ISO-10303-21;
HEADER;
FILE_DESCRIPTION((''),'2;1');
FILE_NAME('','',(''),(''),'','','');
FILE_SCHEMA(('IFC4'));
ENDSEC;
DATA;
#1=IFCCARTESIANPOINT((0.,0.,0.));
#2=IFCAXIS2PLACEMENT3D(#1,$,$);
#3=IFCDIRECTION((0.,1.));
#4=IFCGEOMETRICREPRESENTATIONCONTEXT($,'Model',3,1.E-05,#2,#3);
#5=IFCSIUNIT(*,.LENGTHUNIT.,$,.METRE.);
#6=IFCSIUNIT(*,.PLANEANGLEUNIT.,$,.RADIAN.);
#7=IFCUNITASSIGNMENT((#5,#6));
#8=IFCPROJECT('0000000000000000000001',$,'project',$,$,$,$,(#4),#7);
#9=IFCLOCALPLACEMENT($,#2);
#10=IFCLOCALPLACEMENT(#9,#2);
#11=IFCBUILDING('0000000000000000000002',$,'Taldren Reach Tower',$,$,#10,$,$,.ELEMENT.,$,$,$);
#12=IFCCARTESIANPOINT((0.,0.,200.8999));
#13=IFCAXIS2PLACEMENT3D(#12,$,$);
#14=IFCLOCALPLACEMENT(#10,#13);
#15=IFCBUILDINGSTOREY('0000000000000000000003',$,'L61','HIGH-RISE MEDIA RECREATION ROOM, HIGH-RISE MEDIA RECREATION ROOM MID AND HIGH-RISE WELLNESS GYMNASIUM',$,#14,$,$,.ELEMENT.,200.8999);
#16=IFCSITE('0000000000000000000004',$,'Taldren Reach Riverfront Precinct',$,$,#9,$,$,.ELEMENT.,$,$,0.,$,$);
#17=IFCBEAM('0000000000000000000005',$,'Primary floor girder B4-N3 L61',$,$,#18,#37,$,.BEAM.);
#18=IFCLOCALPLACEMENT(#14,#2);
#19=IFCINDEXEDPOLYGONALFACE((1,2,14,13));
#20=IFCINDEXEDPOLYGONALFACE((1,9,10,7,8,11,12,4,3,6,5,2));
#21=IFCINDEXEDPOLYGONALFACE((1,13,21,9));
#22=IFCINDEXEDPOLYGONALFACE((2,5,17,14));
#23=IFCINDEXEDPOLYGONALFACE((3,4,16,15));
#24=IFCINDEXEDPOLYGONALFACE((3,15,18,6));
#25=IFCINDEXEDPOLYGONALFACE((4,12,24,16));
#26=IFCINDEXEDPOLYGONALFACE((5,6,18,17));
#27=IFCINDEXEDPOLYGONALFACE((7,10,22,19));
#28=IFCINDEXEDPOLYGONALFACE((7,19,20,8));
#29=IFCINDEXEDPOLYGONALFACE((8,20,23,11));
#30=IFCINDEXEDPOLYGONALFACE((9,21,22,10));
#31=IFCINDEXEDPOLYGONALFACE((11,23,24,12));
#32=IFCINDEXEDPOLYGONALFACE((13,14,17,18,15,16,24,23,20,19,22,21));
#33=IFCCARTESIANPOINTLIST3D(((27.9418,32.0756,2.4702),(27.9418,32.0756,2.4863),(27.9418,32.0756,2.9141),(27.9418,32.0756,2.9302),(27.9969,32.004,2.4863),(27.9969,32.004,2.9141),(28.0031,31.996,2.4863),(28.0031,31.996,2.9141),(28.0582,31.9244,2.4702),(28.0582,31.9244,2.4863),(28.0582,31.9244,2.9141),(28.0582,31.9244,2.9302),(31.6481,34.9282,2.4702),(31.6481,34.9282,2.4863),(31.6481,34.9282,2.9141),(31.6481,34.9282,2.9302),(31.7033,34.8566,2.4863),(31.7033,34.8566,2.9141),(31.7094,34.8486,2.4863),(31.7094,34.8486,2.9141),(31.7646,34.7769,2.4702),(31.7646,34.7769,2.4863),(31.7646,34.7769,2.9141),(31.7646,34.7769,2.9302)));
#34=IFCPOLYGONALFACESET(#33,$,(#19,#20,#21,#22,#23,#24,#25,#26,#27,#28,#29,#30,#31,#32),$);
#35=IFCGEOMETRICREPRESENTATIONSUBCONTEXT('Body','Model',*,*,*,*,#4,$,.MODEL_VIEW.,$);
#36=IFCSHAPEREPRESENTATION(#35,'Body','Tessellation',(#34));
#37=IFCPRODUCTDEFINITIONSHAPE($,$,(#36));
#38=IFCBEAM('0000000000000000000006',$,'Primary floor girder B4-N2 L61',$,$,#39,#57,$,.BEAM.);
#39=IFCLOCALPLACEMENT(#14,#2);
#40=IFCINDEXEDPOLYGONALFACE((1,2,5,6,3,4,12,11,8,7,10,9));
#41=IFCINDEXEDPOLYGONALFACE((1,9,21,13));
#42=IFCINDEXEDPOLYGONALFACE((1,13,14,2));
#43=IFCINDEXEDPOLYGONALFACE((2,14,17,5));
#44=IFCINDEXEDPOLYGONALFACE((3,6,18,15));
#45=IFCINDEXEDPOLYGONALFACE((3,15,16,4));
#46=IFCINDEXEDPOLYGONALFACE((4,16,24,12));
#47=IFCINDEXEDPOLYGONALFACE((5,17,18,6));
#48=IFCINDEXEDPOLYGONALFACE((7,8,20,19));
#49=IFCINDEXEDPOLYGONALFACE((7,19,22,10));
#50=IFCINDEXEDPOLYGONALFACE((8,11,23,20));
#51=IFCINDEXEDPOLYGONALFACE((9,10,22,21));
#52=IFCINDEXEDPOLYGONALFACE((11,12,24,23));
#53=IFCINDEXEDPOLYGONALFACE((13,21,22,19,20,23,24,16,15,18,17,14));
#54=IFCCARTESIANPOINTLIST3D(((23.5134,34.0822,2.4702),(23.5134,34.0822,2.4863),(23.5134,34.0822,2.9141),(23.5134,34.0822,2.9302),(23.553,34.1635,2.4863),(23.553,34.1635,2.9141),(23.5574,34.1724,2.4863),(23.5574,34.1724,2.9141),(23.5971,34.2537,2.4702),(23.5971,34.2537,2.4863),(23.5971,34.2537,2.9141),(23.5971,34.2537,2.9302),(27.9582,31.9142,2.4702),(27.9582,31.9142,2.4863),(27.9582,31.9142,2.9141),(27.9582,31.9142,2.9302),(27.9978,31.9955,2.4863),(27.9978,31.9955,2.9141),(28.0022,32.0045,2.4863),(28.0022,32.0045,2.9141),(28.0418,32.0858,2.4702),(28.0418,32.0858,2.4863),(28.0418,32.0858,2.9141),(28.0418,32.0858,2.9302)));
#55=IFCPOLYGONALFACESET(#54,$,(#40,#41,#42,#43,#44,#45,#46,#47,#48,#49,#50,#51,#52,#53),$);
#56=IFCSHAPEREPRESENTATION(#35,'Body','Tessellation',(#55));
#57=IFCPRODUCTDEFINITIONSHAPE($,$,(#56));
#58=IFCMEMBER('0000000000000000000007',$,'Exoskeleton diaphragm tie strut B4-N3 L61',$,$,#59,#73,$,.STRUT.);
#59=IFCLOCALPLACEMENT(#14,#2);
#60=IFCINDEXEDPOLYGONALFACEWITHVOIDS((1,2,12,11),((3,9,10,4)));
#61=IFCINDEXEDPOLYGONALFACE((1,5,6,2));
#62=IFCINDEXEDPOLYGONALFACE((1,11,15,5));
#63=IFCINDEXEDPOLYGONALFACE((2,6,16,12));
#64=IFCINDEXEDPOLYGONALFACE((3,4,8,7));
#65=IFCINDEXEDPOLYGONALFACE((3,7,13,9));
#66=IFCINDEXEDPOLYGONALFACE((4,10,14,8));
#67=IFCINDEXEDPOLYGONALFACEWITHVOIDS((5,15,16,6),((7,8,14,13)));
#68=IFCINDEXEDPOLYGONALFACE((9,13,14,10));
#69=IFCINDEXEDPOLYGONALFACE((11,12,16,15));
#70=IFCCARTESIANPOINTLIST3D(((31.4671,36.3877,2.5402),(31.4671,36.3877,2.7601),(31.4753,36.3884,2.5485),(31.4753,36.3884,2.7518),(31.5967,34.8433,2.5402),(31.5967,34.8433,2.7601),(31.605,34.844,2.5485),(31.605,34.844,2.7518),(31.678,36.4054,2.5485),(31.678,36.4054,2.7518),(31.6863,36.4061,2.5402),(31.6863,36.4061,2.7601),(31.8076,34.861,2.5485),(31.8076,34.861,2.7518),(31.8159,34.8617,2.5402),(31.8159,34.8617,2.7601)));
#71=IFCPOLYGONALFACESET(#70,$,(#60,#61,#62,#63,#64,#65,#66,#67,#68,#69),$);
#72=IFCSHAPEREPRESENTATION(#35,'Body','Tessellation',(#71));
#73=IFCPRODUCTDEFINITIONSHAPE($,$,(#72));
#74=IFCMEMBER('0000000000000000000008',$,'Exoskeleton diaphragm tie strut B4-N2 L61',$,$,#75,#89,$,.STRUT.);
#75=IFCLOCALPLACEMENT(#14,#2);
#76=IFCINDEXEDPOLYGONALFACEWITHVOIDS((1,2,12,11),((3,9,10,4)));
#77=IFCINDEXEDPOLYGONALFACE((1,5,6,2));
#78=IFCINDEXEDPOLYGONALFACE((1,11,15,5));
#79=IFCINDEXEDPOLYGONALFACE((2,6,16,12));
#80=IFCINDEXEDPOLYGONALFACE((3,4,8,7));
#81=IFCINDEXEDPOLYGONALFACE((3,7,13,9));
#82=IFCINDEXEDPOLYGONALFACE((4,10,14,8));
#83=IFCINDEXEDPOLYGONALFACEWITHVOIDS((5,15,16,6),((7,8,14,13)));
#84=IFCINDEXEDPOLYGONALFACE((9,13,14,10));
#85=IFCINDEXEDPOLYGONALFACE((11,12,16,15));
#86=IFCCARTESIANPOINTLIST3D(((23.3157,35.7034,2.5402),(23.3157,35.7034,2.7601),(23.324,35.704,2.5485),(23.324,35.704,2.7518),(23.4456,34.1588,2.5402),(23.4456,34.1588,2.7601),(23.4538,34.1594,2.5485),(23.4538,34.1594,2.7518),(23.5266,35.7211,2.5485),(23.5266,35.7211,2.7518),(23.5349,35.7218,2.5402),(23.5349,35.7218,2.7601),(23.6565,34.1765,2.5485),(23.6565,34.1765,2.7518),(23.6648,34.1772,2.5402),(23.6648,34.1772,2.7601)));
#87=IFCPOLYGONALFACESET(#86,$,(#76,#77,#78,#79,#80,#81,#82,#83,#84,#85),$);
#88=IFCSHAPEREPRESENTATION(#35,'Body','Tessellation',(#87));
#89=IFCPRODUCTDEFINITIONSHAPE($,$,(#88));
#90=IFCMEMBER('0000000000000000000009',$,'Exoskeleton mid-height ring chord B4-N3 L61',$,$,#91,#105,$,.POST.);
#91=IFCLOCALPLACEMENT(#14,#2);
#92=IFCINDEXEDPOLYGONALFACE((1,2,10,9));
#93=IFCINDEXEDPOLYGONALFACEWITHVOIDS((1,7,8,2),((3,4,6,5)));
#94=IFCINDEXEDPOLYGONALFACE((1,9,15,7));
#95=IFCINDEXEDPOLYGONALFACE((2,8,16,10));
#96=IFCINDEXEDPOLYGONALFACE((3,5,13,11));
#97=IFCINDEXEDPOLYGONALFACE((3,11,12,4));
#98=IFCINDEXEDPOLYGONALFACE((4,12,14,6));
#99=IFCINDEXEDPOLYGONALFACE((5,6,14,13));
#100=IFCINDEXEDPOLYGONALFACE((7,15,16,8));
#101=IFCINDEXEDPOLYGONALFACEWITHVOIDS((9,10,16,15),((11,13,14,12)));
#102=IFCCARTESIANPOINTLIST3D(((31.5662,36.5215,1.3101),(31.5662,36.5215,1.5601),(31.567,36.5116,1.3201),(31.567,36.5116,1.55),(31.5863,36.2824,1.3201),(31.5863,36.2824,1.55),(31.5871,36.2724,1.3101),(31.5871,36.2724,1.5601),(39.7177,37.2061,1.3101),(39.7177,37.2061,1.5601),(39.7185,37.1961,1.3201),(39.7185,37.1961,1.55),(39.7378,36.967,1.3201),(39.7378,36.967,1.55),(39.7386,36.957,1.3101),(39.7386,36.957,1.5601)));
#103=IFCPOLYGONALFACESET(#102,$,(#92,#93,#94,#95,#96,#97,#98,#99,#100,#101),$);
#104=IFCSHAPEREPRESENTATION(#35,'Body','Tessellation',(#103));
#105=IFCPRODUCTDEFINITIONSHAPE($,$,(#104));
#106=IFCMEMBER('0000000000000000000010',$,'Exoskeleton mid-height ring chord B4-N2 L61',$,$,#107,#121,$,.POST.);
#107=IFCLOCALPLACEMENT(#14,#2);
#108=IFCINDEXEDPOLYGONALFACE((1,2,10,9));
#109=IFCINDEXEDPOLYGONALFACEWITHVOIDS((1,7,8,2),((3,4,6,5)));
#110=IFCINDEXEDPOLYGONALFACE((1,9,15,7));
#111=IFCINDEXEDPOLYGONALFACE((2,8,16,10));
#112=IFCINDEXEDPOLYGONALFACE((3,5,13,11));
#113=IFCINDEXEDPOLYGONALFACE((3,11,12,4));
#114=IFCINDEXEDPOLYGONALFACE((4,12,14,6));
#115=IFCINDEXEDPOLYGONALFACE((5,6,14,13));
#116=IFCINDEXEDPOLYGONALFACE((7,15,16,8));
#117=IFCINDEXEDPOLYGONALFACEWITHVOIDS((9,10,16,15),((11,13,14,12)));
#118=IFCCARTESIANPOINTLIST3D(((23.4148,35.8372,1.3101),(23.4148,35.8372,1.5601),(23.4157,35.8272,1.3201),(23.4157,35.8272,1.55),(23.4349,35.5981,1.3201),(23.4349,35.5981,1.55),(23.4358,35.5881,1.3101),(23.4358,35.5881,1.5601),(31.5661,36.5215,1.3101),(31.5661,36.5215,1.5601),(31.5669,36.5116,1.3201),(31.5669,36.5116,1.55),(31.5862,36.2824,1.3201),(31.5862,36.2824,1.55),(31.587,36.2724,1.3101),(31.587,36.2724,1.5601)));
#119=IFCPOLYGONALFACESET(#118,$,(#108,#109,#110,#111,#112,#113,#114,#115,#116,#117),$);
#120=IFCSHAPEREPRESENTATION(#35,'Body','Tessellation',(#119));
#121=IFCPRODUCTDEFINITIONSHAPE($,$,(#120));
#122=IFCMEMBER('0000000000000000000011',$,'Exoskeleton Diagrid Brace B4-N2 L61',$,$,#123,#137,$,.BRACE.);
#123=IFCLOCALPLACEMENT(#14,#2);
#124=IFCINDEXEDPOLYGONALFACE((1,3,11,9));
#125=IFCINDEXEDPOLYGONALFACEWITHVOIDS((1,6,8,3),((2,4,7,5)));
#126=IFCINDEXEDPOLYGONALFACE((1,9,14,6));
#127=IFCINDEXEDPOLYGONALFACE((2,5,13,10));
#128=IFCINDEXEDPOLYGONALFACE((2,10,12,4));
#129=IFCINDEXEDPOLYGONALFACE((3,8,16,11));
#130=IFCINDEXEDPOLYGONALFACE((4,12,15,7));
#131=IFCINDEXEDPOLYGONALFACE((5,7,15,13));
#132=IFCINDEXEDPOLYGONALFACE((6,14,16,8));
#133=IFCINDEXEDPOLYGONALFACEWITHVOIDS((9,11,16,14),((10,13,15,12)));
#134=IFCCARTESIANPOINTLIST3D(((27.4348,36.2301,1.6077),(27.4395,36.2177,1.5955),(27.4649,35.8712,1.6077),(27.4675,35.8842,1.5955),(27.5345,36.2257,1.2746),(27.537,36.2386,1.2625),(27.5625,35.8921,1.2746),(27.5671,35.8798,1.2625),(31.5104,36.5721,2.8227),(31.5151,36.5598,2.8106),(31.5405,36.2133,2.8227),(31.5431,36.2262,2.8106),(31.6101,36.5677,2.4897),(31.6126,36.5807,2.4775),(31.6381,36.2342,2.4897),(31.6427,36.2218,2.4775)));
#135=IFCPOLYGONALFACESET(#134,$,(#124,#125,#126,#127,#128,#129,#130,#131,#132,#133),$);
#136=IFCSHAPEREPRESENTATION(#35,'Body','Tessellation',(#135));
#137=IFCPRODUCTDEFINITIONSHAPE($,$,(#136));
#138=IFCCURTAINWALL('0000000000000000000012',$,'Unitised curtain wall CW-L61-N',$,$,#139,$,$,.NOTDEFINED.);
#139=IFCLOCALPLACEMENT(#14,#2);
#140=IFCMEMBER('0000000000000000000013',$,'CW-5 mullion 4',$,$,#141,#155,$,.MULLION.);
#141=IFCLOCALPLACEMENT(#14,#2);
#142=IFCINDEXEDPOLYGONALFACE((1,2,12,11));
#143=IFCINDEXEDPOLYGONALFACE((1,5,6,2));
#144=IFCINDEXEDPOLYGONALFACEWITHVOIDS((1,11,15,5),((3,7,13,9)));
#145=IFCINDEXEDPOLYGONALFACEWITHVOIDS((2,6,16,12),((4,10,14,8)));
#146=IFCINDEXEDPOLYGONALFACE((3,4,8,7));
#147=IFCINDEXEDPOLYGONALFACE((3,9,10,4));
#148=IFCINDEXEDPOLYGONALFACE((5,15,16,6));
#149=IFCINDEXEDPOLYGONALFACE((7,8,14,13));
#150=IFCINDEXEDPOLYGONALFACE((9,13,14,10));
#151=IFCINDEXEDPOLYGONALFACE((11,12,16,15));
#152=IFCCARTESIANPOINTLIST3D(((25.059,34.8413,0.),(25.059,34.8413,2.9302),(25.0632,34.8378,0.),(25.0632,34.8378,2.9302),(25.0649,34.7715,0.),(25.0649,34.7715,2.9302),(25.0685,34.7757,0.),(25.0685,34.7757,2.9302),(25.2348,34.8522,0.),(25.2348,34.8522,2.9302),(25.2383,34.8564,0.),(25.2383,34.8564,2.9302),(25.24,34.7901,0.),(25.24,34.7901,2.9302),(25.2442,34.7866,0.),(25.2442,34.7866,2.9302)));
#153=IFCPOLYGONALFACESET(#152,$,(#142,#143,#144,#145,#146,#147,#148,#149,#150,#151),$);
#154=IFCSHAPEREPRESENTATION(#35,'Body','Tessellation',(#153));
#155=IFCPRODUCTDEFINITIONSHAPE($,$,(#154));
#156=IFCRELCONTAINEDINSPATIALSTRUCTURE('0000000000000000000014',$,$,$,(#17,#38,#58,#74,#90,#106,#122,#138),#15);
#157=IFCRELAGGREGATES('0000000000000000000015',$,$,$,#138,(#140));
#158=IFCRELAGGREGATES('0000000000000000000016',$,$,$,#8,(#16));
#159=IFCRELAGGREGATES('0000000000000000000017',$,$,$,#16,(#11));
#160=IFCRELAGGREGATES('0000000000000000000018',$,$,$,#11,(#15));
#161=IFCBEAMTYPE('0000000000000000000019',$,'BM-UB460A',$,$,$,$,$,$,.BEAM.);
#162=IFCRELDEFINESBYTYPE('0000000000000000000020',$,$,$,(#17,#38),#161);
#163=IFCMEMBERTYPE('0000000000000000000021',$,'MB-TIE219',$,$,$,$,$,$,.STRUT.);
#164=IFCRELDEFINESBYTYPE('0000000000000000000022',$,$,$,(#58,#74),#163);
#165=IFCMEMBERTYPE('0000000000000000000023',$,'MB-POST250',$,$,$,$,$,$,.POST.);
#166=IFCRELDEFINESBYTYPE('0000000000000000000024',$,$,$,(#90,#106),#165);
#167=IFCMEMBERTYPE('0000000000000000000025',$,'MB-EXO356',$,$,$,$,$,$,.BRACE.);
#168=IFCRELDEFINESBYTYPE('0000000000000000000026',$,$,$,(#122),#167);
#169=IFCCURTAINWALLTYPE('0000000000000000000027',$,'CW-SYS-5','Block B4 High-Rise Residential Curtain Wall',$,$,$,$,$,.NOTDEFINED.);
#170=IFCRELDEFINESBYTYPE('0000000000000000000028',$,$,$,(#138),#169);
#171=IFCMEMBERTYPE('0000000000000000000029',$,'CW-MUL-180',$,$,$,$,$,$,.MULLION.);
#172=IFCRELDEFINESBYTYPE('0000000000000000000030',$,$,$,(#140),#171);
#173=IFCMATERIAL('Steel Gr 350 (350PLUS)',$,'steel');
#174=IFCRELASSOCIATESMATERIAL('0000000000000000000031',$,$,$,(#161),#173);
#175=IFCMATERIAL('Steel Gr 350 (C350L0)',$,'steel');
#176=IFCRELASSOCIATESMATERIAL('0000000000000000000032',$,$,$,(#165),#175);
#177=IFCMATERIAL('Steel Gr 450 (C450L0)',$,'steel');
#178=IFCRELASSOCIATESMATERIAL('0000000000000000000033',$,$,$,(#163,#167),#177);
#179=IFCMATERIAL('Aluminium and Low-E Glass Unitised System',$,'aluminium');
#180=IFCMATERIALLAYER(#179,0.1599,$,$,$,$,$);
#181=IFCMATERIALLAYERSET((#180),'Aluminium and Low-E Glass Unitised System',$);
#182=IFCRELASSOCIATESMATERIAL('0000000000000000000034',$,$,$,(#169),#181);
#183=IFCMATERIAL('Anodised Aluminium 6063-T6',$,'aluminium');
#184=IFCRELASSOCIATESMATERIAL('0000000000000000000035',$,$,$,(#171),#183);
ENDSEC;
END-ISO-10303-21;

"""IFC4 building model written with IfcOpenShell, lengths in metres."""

from ifc_helpers import new_model, si_unit, direction, frame, origin, origin_2d, place, context, subcontext, project, spatial, hollow_rectangle, i_section, extrude, source, transform, mapped, material, layer, layer_set, material_profile, profile_set, type_object, element, aggregate, save


model = new_model("IFC4")

# Units and contexts
model_context = context("Model", 3, precision=1e-05, world=origin(), true_north=direction((0.0, 1.0)))
body_context = subcontext(model_context, "Body", "Model", "MODEL_VIEW")
ifc_project = project(units=[si_unit("LENGTHUNIT", "METRE"), si_unit("PLANEANGLEUNIT", "RADIAN")], contexts=[model_context])

# Site, building, storey
site_placement = place(None, origin())
site = spatial("IfcSite", under=ifc_project, at=site_placement, Name="Taldren Reach Riverfront Precinct", CompositionType="ELEMENT", RefElevation=0.0)
building_placement = place(site_placement, origin())
building = spatial("IfcBuilding", under=site, at=building_placement, Name="Taldren Reach Tower", CompositionType="ELEMENT")
storey_placement = place(building_placement, frame((0.0, 0.0, 200.8999)))
storey = spatial("IfcBuildingStorey", under=building, at=storey_placement, Name="L61", Description="HIGH-RISE MEDIA RECREATION ROOM, HIGH-RISE MEDIA RECREATION ROOM MID AND HIGH-RISE WELLNESS GYMNASIUM", CompositionType="ELEMENT", Elevation=200.8999)

# Shared definitions
ifc_material_1 = material(Name="Steel Gr 350 (350PLUS)", Category="steel")

# Shared definitions
ifc_material_profile_1 = material_profile(ifc_material_1, i_section(OverallWidth=0.1909, OverallDepth=0.46, WebThickness=0.01, FlangeThickness=0.0161, at=origin_2d()), Name="460UB82.1")
ifc_profile_set_1 = profile_set([ifc_material_profile_1], Name="Steel Gr 350 (350PLUS)")
beam_type_1 = type_object("IfcBeamType", Name="BM-UB460A", PredefinedType="BEAM", material=ifc_profile_set_1)

# Shared definitions
ifc_material_2 = material(Name="Steel Gr 350 (C350L0)", Category="steel")
ifc_material_profile_2 = material_profile(ifc_material_2, hollow_rectangle(XDim=0.25, YDim=0.25, WallThickness=0.01, at=origin_2d()), Name="250x250x10.0SHS")
ifc_profile_set_2 = profile_set([ifc_material_profile_2], Name="Steel Gr 350 (C350L0)")
member_type_1 = type_object("IfcMemberType", Name="MB-POST250", PredefinedType="POST", material=ifc_profile_set_2)

# Beams
shared_shape_1 = source(origin(), body_context, "Body", "SweptSolid", [
    extrude(i_section(OverallWidth=0.1909, OverallDepth=0.46, WebThickness=0.01, FlangeThickness=0.0161, at=origin_2d()), origin(), (0.0, 0.0, 1.0), 4.677),
])
beam_1_placement = place(storey_placement, frame((28.0, 32.0, 2.7002), z_axis=(0.792465, 0.609918, 0.0), x_axis=(-0.609918, 0.792465, 0.0)))
element("IfcBeam", 1, at=beam_1_placement, inside=storey, type_object=beam_type_1, Name="Primary floor girder B4-N3 L61", PredefinedType="BEAM", context=body_context, shape_type="MappedRepresentation", body=[
    mapped(shared_shape_1, transform((0.0, 0.0, 0.0), scale=1.0)),
])
shared_shape_2 = source(origin(), body_context, "Body", "SweptSolid", [
    extrude(i_section(OverallWidth=0.1909, OverallDepth=0.46, WebThickness=0.01, FlangeThickness=0.0161, at=origin_2d()), origin(), (0.0, 0.0, 1.0), 4.9453),
])
beam_2_placement = place(storey_placement, frame((28.0, 32.0, 2.7002), z_axis=(-0.898787, 0.438385, 0.0), x_axis=(-0.438385, -0.898787, 0.0)))
element("IfcBeam", 2, at=beam_2_placement, inside=storey, type_object=beam_type_1, Name="Primary floor girder B4-N2 L61", PredefinedType="BEAM", context=body_context, shape_type="MappedRepresentation", body=[
    mapped(shared_shape_2, transform((0.0, 0.0, 0.0), scale=1.0)),
])

# Members
ifc_material_3 = material(Name="Steel Gr 450 (C450L0)", Category="steel")
ifc_material_profile_3 = material_profile(ifc_material_3, hollow_rectangle(XDim=0.22, YDim=0.22, WallThickness=0.0083, at=origin_2d()), Name="220x220x8.2SHS")
ifc_profile_set_3 = profile_set([ifc_material_profile_3], Name="Steel Gr 450 (C450L0)")
member_type_2 = type_object("IfcMemberType", Name="MB-TIE219", PredefinedType="STRUT", material=ifc_profile_set_3)
shared_shape_3 = source(origin(), body_context, "Body", "SweptSolid", [
    extrude(hollow_rectangle(XDim=0.22, YDim=0.22, WallThickness=0.0083, at=origin_2d()), origin(), (0.0, 0.0, 1.0), 1.5498),
])
member_1_placement = place(storey_placement, frame((31.7063, 34.8525, 2.6501), z_axis=(-0.083645, 0.996496, 0.0), x_axis=(-0.996496, -0.083645, 0.0)))
element("IfcMember", 3, at=member_1_placement, inside=storey, type_object=member_type_2, Name="Exoskeleton diaphragm tie strut B4-N3 L61", PredefinedType="STRUT", context=body_context, shape_type="MappedRepresentation", body=[
    mapped(shared_shape_3, transform((0.0, 0.0, 0.0), scale=1.0)),
])
shared_shape_4 = source(origin(), body_context, "Body", "SweptSolid", [
    extrude(hollow_rectangle(XDim=0.22, YDim=0.22, WallThickness=0.0083, at=origin_2d()), origin(), (0.0, 0.0, 1.0), 1.55),
])
member_2_placement = place(storey_placement, frame((23.5552, 34.168, 2.6501), z_axis=(-0.083788, 0.996484, 0.0), x_axis=(-0.996484, -0.083788, 0.0)))
element("IfcMember", 4, at=member_2_placement, inside=storey, type_object=member_type_2, Name="Exoskeleton diaphragm tie strut B4-N2 L61", PredefinedType="STRUT", context=body_context, shape_type="MappedRepresentation", body=[
    mapped(shared_shape_4, transform((0.0, 0.0, 0.0), scale=1.0)),
])
shared_shape_5 = source(origin(), body_context, "Body", "SweptSolid", [
    extrude(hollow_rectangle(XDim=0.25, YDim=0.25, WallThickness=0.01, at=origin_2d()), origin(), (0.0, 0.0, 1.0), 8.1802),
])
member_3_placement = place(storey_placement, frame((31.5767, 36.397, 1.4351), z_axis=(0.996492, 0.083688, 0.0), x_axis=(-0.083688, 0.996492, 0.0)))
element("IfcMember", 5, at=member_3_placement, inside=storey, type_object=member_type_1, Name="Exoskeleton mid-height ring chord B4-N3 L61", PredefinedType="POST", context=body_context, shape_type="MappedRepresentation", body=[
    mapped(shared_shape_5, transform((0.0, 0.0, 0.0), scale=1.0)),
])
shared_shape_6 = source(origin(), body_context, "Body", "SweptSolid", [
    extrude(hollow_rectangle(XDim=0.25, YDim=0.25, WallThickness=0.01, at=origin_2d()), origin(), (0.0, 0.0, 1.0), 8.1799),
])
member_4_placement = place(storey_placement, frame((23.4253, 35.7126, 1.4351), z_axis=(0.996495, 0.083658, 0.0), x_axis=(-0.083658, 0.996495, 0.0)))
element("IfcMember", 6, at=member_4_placement, inside=storey, type_object=member_type_1, Name="Exoskeleton mid-height ring chord B4-N2 L61", PredefinedType="POST", context=body_context, shape_type="MappedRepresentation", body=[
    mapped(shared_shape_6, transform((0.0, 0.0, 0.0), scale=1.0)),
])
ifc_material_profile_4 = material_profile(ifc_material_3, hollow_rectangle(XDim=0.3601, YDim=0.3601, WallThickness=0.0127, at=origin_2d()), Name="360x360x12.7SHS")
ifc_profile_set_4 = profile_set([ifc_material_profile_4], Name="Steel Gr 450 (C450L0)")
member_type_3 = type_object("IfcMemberType", Name="MB-EXO356", PredefinedType="BRACE", material=ifc_profile_set_4)
shared_shape_7 = source(origin(), body_context, "Body", "SweptSolid", [
    extrude(hollow_rectangle(XDim=0.3601, YDim=0.3601, WallThickness=0.0127, at=origin_2d()), origin(), (0.0, 0.0, 1.0), 4.2666),
])
member_5_placement = place(storey_placement, frame((27.501, 36.0549, 1.4351), z_axis=(0.955234, 0.080165, 0.284785), x_axis=(-0.083628, 0.996497, 0.0)))
element("IfcMember", 7, at=member_5_placement, inside=storey, type_object=member_type_3, Name="Exoskeleton Diagrid Brace B4-N2 L61", PredefinedType="BRACE", context=body_context, shape_type="MappedRepresentation", body=[
    mapped(shared_shape_7, transform((0.0, 0.0, 0.0), scale=1.0)),
])

# Curtain wall, member
ifc_material_4 = material(Name="Aluminium and Low-E Glass Unitised System", Category="aluminium")
ifc_layer_1 = layer(ifc_material_4, 0.1599)
ifc_layer_set_1 = layer_set([ifc_layer_1], Name="Aluminium and Low-E Glass Unitised System")
curtain_wall_type = type_object("IfcCurtainWallType", Name="CW-SYS-5", Description="Block B4 High-Rise Residential Curtain Wall", PredefinedType="NOTDEFINED", material=ifc_layer_set_1)
curtain_wall_placement = place(storey_placement, origin())
curtain_wall = element("IfcCurtainWall", 8, at=curtain_wall_placement, inside=storey, type_object=curtain_wall_type, Name="Unitised curtain wall CW-L61-N", PredefinedType="NOTDEFINED")
ifc_material_5 = material(Name="Anodised Aluminium 6063-T6", Category="aluminium")
ifc_material_profile_5 = material_profile(ifc_material_5, hollow_rectangle(XDim=0.0701, YDim=0.1799, WallThickness=0.0039, at=origin_2d()), Name="ALU-180x70x4RHS")
ifc_profile_set_5 = profile_set([ifc_material_profile_5], Name="Anodised Aluminium 6063-T6")
member_type_4 = type_object("IfcMemberType", Name="CW-MUL-180", PredefinedType="MULLION", material=ifc_profile_set_5)
shared_shape_8 = source(origin(), body_context, "Body", "SweptSolid", [
    extrude(hollow_rectangle(XDim=0.0701, YDim=0.1799, WallThickness=0.0039, at=origin_2d()), origin(), (0.0, 0.0, 1.0), 2.9302),
])
member_6_placement = place(storey_placement, frame((25.1516, 34.814, 0.0), z_axis=(0.0, 0.0, 1.0), x_axis=(0.083678, -0.996493, 0.0)))
member_6 = element("IfcMember", 9, at=member_6_placement, type_object=member_type_4, Name="CW-5 mullion 4", PredefinedType="MULLION", context=body_context, shape_type="MappedRepresentation", body=[
    mapped(shared_shape_8, transform((0.0, 0.0, 0.0), scale=1.0)),
])

aggregate(curtain_wall, [member_6])

save(model, "model.ifc")
